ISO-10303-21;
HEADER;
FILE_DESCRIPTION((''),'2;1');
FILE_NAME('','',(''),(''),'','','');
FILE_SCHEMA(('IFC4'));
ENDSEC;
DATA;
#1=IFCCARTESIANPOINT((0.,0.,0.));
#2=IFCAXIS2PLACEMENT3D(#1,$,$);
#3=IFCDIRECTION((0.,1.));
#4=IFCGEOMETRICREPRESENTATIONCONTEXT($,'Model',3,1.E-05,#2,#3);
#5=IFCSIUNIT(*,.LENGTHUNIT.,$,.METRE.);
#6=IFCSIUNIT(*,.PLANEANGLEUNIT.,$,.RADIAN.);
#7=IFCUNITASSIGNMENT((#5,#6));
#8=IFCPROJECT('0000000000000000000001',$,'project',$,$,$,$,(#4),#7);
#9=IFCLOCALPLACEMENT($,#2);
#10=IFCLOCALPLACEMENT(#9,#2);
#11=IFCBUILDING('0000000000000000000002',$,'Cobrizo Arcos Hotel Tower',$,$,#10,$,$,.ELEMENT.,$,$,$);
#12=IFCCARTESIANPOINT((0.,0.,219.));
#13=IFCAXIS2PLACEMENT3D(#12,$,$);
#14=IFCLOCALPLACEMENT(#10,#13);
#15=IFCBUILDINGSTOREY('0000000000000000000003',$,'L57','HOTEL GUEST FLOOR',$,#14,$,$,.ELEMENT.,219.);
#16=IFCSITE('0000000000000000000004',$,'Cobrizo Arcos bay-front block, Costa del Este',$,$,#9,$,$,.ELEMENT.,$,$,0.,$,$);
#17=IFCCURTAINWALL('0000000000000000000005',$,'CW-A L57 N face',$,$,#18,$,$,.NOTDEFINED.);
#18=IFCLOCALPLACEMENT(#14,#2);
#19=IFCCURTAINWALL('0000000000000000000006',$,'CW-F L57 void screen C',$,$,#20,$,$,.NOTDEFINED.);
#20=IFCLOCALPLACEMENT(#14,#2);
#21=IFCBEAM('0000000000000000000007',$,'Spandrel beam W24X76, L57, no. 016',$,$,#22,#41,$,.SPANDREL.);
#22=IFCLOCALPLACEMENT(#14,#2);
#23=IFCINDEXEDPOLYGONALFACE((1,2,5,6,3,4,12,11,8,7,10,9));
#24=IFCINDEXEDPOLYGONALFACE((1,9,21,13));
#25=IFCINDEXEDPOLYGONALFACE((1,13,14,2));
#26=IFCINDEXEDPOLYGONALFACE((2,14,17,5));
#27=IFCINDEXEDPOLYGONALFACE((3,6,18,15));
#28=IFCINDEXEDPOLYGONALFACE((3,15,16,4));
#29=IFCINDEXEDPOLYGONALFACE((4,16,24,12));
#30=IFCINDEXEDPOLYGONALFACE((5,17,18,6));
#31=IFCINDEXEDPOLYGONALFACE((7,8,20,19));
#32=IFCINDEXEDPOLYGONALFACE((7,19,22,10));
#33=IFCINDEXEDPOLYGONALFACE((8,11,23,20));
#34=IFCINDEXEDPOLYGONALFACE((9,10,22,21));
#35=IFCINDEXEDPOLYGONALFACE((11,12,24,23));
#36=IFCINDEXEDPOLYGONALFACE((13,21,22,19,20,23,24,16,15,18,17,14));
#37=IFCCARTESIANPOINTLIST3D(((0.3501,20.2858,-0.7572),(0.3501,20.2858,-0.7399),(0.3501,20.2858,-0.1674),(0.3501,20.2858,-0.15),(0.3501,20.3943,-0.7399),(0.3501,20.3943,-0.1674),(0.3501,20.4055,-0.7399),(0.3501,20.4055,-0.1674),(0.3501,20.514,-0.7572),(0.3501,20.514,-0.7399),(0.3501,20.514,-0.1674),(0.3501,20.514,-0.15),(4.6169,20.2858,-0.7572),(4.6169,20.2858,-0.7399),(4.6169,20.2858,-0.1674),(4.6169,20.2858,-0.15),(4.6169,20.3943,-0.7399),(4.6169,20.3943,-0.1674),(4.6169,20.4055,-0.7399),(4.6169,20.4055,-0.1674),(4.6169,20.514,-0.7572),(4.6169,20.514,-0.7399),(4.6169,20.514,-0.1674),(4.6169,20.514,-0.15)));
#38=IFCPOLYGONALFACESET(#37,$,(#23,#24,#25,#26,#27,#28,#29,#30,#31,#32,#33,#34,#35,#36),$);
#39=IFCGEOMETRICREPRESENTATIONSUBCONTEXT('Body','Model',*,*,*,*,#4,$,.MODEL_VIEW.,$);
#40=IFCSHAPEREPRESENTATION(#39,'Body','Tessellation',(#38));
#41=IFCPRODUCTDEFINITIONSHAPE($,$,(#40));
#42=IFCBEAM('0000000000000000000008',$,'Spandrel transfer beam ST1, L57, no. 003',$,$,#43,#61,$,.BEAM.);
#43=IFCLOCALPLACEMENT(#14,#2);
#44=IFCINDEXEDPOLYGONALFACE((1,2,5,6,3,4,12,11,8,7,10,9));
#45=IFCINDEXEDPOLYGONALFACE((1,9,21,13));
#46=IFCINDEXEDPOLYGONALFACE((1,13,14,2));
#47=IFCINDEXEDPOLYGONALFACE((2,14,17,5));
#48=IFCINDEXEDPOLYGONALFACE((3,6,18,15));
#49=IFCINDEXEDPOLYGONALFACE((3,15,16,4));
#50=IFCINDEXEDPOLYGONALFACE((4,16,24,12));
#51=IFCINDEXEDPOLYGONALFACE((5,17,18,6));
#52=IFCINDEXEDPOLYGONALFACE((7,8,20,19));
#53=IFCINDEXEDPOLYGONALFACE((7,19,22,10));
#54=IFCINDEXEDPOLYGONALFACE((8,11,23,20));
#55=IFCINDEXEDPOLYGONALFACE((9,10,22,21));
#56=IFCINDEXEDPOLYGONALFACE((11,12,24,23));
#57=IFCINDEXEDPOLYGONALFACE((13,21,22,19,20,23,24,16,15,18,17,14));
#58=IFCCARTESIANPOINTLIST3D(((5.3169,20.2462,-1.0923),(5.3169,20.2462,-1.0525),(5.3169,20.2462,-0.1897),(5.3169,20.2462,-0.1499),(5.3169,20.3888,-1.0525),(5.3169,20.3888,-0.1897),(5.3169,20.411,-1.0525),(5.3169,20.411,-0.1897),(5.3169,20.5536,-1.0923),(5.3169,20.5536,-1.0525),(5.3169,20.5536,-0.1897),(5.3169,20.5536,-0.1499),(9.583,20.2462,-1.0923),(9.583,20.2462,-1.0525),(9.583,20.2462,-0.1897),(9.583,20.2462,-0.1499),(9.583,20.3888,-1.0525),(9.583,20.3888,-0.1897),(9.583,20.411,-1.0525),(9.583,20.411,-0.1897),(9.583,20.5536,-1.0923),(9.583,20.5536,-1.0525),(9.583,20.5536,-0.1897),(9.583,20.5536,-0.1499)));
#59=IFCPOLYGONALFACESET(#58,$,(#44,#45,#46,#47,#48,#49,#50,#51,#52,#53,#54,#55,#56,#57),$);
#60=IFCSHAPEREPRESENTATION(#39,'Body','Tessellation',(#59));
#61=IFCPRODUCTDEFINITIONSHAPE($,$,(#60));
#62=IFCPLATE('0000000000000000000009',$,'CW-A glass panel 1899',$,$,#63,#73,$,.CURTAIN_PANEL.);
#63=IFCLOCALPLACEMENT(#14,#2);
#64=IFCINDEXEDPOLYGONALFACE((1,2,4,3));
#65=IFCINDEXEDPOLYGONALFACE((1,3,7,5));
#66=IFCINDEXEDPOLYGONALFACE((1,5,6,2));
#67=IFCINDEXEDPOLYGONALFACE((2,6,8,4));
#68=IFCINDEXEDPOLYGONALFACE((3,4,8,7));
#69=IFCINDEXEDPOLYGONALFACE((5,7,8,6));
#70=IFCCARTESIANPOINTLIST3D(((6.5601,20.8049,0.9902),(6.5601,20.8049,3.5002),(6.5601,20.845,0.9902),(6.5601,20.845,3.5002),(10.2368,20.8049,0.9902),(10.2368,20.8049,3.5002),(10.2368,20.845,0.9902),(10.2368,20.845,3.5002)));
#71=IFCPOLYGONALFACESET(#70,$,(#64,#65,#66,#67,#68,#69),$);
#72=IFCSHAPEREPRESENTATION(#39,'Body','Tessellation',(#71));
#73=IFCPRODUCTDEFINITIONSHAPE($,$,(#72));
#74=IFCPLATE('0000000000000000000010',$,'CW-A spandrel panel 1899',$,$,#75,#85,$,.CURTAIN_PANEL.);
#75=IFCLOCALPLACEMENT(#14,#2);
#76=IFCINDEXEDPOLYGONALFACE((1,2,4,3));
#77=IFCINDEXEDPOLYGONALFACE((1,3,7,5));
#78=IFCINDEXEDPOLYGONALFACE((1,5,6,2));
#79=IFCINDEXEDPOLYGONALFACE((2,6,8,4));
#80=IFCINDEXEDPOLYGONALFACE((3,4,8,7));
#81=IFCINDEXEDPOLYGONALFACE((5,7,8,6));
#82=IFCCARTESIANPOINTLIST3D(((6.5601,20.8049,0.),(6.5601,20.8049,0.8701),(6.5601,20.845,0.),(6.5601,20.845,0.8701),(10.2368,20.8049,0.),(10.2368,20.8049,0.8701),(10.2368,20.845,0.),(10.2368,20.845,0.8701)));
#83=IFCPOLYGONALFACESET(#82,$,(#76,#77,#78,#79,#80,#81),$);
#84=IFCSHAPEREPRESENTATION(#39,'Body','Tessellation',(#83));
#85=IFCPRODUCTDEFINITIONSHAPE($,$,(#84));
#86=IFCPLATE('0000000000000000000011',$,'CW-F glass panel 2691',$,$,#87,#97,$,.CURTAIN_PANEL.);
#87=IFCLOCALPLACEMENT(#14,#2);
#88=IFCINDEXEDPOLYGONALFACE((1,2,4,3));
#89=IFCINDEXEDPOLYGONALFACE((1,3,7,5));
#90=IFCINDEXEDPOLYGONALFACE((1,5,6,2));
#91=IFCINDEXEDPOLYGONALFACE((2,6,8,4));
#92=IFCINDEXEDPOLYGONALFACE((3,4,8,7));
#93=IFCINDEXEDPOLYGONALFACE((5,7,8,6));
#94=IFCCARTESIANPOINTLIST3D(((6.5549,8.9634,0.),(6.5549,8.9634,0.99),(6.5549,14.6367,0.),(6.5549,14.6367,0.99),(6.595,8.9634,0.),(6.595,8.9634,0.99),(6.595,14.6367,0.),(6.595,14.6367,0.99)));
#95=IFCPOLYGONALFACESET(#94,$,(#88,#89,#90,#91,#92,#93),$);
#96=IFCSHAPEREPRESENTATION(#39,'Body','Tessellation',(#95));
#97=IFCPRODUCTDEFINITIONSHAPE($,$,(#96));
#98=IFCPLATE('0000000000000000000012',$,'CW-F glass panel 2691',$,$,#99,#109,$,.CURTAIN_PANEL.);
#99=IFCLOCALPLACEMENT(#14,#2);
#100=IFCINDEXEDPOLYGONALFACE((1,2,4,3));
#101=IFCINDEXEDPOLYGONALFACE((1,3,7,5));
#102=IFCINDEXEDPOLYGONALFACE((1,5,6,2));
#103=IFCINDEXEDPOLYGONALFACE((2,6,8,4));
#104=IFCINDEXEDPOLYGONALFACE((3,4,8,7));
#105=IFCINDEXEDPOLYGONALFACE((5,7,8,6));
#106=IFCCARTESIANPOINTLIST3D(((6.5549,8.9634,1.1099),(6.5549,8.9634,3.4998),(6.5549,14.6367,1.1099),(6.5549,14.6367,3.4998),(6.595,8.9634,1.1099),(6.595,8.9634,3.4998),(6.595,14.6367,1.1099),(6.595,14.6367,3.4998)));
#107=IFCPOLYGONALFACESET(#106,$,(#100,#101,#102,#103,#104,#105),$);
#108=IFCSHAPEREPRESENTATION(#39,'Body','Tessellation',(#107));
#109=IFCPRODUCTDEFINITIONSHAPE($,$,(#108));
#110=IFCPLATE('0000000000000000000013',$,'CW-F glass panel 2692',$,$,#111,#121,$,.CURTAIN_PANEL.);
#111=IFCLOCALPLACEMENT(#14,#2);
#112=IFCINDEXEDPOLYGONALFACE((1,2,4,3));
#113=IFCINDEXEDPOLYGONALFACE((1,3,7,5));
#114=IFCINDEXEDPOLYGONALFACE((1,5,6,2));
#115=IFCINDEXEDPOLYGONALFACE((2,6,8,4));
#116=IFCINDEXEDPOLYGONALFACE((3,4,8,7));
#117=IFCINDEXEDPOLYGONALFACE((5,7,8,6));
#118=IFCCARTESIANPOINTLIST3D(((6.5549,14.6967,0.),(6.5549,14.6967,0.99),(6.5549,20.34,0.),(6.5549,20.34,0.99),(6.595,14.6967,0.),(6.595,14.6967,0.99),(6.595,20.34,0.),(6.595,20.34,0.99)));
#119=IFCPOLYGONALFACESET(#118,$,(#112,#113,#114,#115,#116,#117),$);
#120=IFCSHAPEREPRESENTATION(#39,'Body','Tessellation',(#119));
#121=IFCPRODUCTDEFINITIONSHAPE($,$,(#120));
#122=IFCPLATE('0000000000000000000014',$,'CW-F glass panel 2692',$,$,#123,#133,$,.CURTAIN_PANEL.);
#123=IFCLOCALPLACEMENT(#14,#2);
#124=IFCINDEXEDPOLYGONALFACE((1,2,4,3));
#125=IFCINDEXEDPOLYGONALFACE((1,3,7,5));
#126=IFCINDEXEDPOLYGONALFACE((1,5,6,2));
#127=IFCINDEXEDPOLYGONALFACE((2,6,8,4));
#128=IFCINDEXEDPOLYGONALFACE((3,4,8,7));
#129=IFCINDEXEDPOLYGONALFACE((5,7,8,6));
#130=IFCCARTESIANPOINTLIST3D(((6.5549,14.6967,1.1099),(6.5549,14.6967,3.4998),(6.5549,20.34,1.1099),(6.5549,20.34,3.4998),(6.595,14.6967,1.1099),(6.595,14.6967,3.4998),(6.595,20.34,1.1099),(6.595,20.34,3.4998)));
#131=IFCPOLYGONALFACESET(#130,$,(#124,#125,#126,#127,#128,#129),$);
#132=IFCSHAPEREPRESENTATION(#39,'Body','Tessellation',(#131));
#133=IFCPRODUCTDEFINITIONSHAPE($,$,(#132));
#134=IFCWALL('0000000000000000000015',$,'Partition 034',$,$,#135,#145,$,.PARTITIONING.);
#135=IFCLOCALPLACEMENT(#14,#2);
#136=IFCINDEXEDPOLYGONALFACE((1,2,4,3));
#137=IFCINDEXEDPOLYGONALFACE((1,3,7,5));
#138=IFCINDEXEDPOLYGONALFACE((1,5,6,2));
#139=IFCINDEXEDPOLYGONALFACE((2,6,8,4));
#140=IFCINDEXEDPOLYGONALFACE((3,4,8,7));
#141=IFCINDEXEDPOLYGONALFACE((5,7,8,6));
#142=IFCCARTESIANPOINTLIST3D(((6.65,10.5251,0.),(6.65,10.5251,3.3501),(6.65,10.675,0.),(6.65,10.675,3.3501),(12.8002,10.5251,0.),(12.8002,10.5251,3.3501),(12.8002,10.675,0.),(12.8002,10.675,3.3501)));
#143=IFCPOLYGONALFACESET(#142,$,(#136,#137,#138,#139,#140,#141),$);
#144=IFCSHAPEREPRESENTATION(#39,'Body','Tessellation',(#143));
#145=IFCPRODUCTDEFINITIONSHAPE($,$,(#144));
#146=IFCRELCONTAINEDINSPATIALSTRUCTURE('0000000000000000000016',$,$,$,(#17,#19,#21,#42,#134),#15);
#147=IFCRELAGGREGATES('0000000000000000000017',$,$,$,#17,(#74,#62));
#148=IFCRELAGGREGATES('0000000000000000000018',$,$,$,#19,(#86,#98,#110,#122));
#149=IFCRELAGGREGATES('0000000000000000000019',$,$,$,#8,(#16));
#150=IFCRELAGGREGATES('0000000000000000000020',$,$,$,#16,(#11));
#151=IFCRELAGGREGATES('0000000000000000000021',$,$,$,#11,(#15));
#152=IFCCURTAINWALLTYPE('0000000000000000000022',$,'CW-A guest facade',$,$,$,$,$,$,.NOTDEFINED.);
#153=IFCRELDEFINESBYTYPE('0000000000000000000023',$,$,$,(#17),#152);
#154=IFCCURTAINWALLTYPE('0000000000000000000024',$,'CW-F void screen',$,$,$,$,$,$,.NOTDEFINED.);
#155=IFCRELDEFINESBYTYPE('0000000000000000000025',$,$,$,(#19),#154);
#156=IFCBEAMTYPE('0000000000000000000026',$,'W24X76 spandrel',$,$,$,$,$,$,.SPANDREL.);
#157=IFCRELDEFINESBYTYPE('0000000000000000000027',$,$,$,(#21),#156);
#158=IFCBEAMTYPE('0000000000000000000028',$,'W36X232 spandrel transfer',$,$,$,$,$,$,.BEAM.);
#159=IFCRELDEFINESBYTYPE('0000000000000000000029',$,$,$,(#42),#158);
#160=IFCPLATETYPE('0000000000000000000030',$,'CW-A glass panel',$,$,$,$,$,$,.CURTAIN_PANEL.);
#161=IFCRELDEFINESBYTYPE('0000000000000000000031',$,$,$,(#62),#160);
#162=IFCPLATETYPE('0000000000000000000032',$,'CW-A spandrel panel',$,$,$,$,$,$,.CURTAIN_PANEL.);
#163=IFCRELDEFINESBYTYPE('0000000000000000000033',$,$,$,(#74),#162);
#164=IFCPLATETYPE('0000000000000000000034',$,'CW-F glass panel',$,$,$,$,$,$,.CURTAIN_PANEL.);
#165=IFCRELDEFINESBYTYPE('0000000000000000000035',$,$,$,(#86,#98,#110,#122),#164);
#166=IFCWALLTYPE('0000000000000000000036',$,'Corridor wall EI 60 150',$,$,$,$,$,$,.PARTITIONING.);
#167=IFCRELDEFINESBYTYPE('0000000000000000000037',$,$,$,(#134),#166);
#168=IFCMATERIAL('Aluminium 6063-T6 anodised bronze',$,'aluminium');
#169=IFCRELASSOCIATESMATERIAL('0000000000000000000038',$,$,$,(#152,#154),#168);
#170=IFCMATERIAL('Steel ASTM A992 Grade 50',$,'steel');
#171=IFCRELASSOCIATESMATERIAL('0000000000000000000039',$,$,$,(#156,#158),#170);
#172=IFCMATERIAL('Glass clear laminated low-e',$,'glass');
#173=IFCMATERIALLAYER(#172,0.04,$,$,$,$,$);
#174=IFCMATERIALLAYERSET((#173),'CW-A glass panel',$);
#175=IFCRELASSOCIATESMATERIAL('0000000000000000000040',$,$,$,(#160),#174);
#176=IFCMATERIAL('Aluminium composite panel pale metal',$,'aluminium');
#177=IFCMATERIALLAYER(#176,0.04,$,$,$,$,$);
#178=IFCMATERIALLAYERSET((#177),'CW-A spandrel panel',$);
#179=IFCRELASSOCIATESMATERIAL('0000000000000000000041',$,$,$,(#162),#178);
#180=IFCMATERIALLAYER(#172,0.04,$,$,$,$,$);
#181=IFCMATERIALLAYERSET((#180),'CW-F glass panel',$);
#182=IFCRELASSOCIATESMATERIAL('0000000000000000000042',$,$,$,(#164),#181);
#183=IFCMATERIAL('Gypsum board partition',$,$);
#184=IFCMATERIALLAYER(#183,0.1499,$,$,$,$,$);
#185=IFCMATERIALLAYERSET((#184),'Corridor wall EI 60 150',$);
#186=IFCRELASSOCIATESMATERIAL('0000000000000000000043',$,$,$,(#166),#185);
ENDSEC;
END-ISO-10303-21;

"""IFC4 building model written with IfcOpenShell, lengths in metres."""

from ifc_helpers import new_model, si_unit, direction, frame, frame_2d, origin, origin_2d, place, context, subcontext, project, spatial, rectangle, i_section, extrude, material, layer, layer_set, material_profile, profile_set, type_object, element, aggregate, save


model = new_model("IFC4")

# Units and contexts
model_context = context("Model", 3, precision=1e-05, world=origin(), true_north=direction((0.0, 1.0)))
body_context = subcontext(model_context, "Body", "Model", "MODEL_VIEW")
ifc_project = project(units=[si_unit("LENGTHUNIT", "METRE"), si_unit("PLANEANGLEUNIT", "RADIAN")], contexts=[model_context])

# Site, building, storey
site_placement = place(None, origin())
site = spatial("IfcSite", under=ifc_project, at=site_placement, Name="Cobrizo Arcos bay-front block, Costa del Este", CompositionType="ELEMENT", RefElevation=0.0)
building_placement = place(site_placement, origin())
building = spatial("IfcBuilding", under=site, at=building_placement, Name="Cobrizo Arcos Hotel Tower", CompositionType="ELEMENT")
storey_placement = place(building_placement, frame((0.0, 0.0, 219.0)))
storey = spatial("IfcBuildingStorey", under=building, at=storey_placement, Name="L57", Description="HOTEL GUEST FLOOR", CompositionType="ELEMENT", Elevation=219.0)

# Curtain wall
ifc_material_1 = material(Name="Aluminium 6063-T6 anodised bronze", Category="aluminium")
curtain_wall_type_1 = type_object("IfcCurtainWallType", Name="CW-A guest facade", PredefinedType="NOTDEFINED", material=ifc_material_1)
curtain_wall_1_placement = place(storey_placement, origin())
curtain_wall_1 = element("IfcCurtainWall", 1, at=curtain_wall_1_placement, inside=storey, type_object=curtain_wall_type_1, Name="CW-A L57 N face", PredefinedType="NOTDEFINED")

# Curtain wall
curtain_wall_type_2 = type_object("IfcCurtainWallType", Name="CW-F void screen", PredefinedType="NOTDEFINED", material=ifc_material_1)
curtain_wall_2_placement = place(storey_placement, origin())
curtain_wall_2 = element("IfcCurtainWall", 2, at=curtain_wall_2_placement, inside=storey, type_object=curtain_wall_type_2, Name="CW-F L57 void screen C", PredefinedType="NOTDEFINED")

# Beams
ifc_material_2 = material(Name="Steel ASTM A992 Grade 50", Category="steel")
ifc_material_profile_1 = material_profile(ifc_material_2, i_section(OverallWidth=0.2283, OverallDepth=0.6072, WebThickness=0.0112, FlangeThickness=0.0173, at=origin_2d()), Name="W24X76")
ifc_profile_set_1 = profile_set([ifc_material_profile_1], Name="Steel ASTM A992 Grade 50")
beam_type_1 = type_object("IfcBeamType", Name="W24X76 spandrel", PredefinedType="SPANDREL", material=ifc_profile_set_1)
beam_1_placement = place(storey_placement, frame((4.6169, 20.3999, -0.4536), z_axis=(-1.0, 0.0, 0.0), x_axis=(0.0, -1.0, 0.0)))
element("IfcBeam", 3, at=beam_1_placement, inside=storey, type_object=beam_type_1, Name="Spandrel beam W24X76, L57, no. 016", PredefinedType="SPANDREL", context=body_context, shape_type="SweptSolid", body=[
    extrude(i_section(OverallWidth=0.2283, OverallDepth=0.6072, WebThickness=0.0112, FlangeThickness=0.0173, at=origin_2d()), origin(), (0.0, 0.0, 1.0), 4.2668),
])
ifc_material_profile_2 = material_profile(ifc_material_2, i_section(OverallWidth=0.3074, OverallDepth=0.9424, WebThickness=0.0222, FlangeThickness=0.0398, at=origin_2d()), Name="W36X232")
ifc_profile_set_2 = profile_set([ifc_material_profile_2], Name="Steel ASTM A992 Grade 50")
beam_type_2 = type_object("IfcBeamType", Name="W36X232 spandrel transfer", PredefinedType="BEAM", material=ifc_profile_set_2)
beam_2_placement = place(storey_placement, frame((9.583, 20.3999, -0.6211), z_axis=(-1.0, 0.0, 0.0), x_axis=(0.0, -1.0, 0.0)))
element("IfcBeam", 4, at=beam_2_placement, inside=storey, type_object=beam_type_2, Name="Spandrel transfer beam ST1, L57, no. 003", PredefinedType="BEAM", context=body_context, shape_type="SweptSolid", body=[
    extrude(i_section(OverallWidth=0.3074, OverallDepth=0.9424, WebThickness=0.0222, FlangeThickness=0.0398, at=origin_2d()), origin(), (0.0, 0.0, 1.0), 4.2661),
])

# Plates
ifc_material_3 = material(Name="Glass clear laminated low-e", Category="glass")
ifc_layer_1 = layer(ifc_material_3, 0.04)
ifc_layer_set_1 = layer_set([ifc_layer_1], Name="CW-A glass panel")
plate_type_1 = type_object("IfcPlateType", Name="CW-A glass panel", PredefinedType="CURTAIN_PANEL", material=ifc_layer_set_1)
plate_1_placement = place(storey_placement, frame((8.3984, 20.825, 0.9902), z_axis=(0.0, 0.0, 1.0), x_axis=(-1.0, 0.0, 0.0)))
plate_1 = element("IfcPlate", 5, at=plate_1_placement, type_object=plate_type_1, Name="CW-A glass panel 1899", PredefinedType="CURTAIN_PANEL", context=body_context, shape_type="SweptSolid", body=[
    extrude(rectangle(XDim=3.6768, YDim=0.04, at=origin_2d()), origin(), (0.0, 0.0, 1.0), 2.51),
])
ifc_material_4 = material(Name="Aluminium composite panel pale metal", Category="aluminium")
ifc_layer_2 = layer(ifc_material_4, 0.04)
ifc_layer_set_2 = layer_set([ifc_layer_2], Name="CW-A spandrel panel")
plate_type_2 = type_object("IfcPlateType", Name="CW-A spandrel panel", PredefinedType="CURTAIN_PANEL", material=ifc_layer_set_2)
plate_2_placement = place(storey_placement, frame((8.3984, 20.825, 0.0), z_axis=(0.0, 0.0, 1.0), x_axis=(-1.0, 0.0, 0.0)))
plate_2 = element("IfcPlate", 6, at=plate_2_placement, type_object=plate_type_2, Name="CW-A spandrel panel 1899", PredefinedType="CURTAIN_PANEL", context=body_context, shape_type="SweptSolid", body=[
    extrude(rectangle(XDim=3.6768, YDim=0.04, at=origin_2d()), origin(), (0.0, 0.0, 1.0), 0.8701),
])
aggregate(curtain_wall_1, [plate_2, plate_1])
ifc_layer_3 = layer(ifc_material_3, 0.04)
ifc_layer_set_3 = layer_set([ifc_layer_3], Name="CW-F glass panel")
plate_type_3 = type_object("IfcPlateType", Name="CW-F glass panel", PredefinedType="CURTAIN_PANEL", material=ifc_layer_set_3)
plate_3_placement = place(storey_placement, frame((6.575, 11.8, 0.0), z_axis=(0.0, 0.0, 1.0), x_axis=(0.0, 1.0, 0.0)))
plate_3 = element("IfcPlate", 7, at=plate_3_placement, type_object=plate_type_3, Name="CW-F glass panel 2691", PredefinedType="CURTAIN_PANEL", context=body_context, shape_type="SweptSolid", body=[
    extrude(rectangle(XDim=5.6733, YDim=0.04, at=origin_2d()), origin(), (0.0, 0.0, 1.0), 0.99),
])
plate_4_placement = place(storey_placement, frame((6.575, 11.8, 1.1099), z_axis=(0.0, 0.0, 1.0), x_axis=(0.0, 1.0, 0.0)))
plate_4 = element("IfcPlate", 8, at=plate_4_placement, type_object=plate_type_3, Name="CW-F glass panel 2691", PredefinedType="CURTAIN_PANEL", context=body_context, shape_type="SweptSolid", body=[
    extrude(rectangle(XDim=5.6733, YDim=0.04, at=origin_2d()), origin(), (0.0, 0.0, 1.0), 2.3899),
])
plate_5_placement = place(storey_placement, frame((6.575, 17.5183, 0.0), z_axis=(0.0, 0.0, 1.0), x_axis=(0.0, 1.0, 0.0)))
plate_5 = element("IfcPlate", 9, at=plate_5_placement, type_object=plate_type_3, Name="CW-F glass panel 2692", PredefinedType="CURTAIN_PANEL", context=body_context, shape_type="SweptSolid", body=[
    extrude(rectangle(XDim=5.6433, YDim=0.04, at=origin_2d()), origin(), (0.0, 0.0, 1.0), 0.99),
])
plate_6_placement = place(storey_placement, frame((6.575, 17.5183, 1.1099), z_axis=(0.0, 0.0, 1.0), x_axis=(0.0, 1.0, 0.0)))
plate_6 = element("IfcPlate", 10, at=plate_6_placement, type_object=plate_type_3, Name="CW-F glass panel 2692", PredefinedType="CURTAIN_PANEL", context=body_context, shape_type="SweptSolid", body=[
    extrude(rectangle(XDim=5.6433, YDim=0.04, at=origin_2d()), origin(), (0.0, 0.0, 1.0), 2.3899),
])
aggregate(curtain_wall_2, [plate_3, plate_4, plate_5, plate_6])

# Wall
ifc_material_5 = material(Name="Gypsum board partition")
ifc_layer_4 = layer(ifc_material_5, 0.1499)
ifc_layer_set_4 = layer_set([ifc_layer_4], Name="Corridor wall EI 60 150")
wall_type_1 = type_object("IfcWallType", Name="Corridor wall EI 60 150", PredefinedType="PARTITIONING", material=ifc_layer_set_4)
wall_1_placement = place(storey_placement, frame((6.6499, 10.6001, 0.0), z_axis=(0.0, 0.0, 1.0), x_axis=(1.0, 0.0, 0.0)))
element("IfcWall", 11, at=wall_1_placement, inside=storey, type_object=wall_type_1, Name="Partition 034", PredefinedType="PARTITIONING", context=body_context, shape_type="SweptSolid", body=[
    extrude(rectangle(XDim=6.1501, YDim=0.1499, at=frame_2d((3.0752, 0.0))), origin(), (0.0, 0.0, 1.0), 3.3501),
])

save(model, "model.ifc")
